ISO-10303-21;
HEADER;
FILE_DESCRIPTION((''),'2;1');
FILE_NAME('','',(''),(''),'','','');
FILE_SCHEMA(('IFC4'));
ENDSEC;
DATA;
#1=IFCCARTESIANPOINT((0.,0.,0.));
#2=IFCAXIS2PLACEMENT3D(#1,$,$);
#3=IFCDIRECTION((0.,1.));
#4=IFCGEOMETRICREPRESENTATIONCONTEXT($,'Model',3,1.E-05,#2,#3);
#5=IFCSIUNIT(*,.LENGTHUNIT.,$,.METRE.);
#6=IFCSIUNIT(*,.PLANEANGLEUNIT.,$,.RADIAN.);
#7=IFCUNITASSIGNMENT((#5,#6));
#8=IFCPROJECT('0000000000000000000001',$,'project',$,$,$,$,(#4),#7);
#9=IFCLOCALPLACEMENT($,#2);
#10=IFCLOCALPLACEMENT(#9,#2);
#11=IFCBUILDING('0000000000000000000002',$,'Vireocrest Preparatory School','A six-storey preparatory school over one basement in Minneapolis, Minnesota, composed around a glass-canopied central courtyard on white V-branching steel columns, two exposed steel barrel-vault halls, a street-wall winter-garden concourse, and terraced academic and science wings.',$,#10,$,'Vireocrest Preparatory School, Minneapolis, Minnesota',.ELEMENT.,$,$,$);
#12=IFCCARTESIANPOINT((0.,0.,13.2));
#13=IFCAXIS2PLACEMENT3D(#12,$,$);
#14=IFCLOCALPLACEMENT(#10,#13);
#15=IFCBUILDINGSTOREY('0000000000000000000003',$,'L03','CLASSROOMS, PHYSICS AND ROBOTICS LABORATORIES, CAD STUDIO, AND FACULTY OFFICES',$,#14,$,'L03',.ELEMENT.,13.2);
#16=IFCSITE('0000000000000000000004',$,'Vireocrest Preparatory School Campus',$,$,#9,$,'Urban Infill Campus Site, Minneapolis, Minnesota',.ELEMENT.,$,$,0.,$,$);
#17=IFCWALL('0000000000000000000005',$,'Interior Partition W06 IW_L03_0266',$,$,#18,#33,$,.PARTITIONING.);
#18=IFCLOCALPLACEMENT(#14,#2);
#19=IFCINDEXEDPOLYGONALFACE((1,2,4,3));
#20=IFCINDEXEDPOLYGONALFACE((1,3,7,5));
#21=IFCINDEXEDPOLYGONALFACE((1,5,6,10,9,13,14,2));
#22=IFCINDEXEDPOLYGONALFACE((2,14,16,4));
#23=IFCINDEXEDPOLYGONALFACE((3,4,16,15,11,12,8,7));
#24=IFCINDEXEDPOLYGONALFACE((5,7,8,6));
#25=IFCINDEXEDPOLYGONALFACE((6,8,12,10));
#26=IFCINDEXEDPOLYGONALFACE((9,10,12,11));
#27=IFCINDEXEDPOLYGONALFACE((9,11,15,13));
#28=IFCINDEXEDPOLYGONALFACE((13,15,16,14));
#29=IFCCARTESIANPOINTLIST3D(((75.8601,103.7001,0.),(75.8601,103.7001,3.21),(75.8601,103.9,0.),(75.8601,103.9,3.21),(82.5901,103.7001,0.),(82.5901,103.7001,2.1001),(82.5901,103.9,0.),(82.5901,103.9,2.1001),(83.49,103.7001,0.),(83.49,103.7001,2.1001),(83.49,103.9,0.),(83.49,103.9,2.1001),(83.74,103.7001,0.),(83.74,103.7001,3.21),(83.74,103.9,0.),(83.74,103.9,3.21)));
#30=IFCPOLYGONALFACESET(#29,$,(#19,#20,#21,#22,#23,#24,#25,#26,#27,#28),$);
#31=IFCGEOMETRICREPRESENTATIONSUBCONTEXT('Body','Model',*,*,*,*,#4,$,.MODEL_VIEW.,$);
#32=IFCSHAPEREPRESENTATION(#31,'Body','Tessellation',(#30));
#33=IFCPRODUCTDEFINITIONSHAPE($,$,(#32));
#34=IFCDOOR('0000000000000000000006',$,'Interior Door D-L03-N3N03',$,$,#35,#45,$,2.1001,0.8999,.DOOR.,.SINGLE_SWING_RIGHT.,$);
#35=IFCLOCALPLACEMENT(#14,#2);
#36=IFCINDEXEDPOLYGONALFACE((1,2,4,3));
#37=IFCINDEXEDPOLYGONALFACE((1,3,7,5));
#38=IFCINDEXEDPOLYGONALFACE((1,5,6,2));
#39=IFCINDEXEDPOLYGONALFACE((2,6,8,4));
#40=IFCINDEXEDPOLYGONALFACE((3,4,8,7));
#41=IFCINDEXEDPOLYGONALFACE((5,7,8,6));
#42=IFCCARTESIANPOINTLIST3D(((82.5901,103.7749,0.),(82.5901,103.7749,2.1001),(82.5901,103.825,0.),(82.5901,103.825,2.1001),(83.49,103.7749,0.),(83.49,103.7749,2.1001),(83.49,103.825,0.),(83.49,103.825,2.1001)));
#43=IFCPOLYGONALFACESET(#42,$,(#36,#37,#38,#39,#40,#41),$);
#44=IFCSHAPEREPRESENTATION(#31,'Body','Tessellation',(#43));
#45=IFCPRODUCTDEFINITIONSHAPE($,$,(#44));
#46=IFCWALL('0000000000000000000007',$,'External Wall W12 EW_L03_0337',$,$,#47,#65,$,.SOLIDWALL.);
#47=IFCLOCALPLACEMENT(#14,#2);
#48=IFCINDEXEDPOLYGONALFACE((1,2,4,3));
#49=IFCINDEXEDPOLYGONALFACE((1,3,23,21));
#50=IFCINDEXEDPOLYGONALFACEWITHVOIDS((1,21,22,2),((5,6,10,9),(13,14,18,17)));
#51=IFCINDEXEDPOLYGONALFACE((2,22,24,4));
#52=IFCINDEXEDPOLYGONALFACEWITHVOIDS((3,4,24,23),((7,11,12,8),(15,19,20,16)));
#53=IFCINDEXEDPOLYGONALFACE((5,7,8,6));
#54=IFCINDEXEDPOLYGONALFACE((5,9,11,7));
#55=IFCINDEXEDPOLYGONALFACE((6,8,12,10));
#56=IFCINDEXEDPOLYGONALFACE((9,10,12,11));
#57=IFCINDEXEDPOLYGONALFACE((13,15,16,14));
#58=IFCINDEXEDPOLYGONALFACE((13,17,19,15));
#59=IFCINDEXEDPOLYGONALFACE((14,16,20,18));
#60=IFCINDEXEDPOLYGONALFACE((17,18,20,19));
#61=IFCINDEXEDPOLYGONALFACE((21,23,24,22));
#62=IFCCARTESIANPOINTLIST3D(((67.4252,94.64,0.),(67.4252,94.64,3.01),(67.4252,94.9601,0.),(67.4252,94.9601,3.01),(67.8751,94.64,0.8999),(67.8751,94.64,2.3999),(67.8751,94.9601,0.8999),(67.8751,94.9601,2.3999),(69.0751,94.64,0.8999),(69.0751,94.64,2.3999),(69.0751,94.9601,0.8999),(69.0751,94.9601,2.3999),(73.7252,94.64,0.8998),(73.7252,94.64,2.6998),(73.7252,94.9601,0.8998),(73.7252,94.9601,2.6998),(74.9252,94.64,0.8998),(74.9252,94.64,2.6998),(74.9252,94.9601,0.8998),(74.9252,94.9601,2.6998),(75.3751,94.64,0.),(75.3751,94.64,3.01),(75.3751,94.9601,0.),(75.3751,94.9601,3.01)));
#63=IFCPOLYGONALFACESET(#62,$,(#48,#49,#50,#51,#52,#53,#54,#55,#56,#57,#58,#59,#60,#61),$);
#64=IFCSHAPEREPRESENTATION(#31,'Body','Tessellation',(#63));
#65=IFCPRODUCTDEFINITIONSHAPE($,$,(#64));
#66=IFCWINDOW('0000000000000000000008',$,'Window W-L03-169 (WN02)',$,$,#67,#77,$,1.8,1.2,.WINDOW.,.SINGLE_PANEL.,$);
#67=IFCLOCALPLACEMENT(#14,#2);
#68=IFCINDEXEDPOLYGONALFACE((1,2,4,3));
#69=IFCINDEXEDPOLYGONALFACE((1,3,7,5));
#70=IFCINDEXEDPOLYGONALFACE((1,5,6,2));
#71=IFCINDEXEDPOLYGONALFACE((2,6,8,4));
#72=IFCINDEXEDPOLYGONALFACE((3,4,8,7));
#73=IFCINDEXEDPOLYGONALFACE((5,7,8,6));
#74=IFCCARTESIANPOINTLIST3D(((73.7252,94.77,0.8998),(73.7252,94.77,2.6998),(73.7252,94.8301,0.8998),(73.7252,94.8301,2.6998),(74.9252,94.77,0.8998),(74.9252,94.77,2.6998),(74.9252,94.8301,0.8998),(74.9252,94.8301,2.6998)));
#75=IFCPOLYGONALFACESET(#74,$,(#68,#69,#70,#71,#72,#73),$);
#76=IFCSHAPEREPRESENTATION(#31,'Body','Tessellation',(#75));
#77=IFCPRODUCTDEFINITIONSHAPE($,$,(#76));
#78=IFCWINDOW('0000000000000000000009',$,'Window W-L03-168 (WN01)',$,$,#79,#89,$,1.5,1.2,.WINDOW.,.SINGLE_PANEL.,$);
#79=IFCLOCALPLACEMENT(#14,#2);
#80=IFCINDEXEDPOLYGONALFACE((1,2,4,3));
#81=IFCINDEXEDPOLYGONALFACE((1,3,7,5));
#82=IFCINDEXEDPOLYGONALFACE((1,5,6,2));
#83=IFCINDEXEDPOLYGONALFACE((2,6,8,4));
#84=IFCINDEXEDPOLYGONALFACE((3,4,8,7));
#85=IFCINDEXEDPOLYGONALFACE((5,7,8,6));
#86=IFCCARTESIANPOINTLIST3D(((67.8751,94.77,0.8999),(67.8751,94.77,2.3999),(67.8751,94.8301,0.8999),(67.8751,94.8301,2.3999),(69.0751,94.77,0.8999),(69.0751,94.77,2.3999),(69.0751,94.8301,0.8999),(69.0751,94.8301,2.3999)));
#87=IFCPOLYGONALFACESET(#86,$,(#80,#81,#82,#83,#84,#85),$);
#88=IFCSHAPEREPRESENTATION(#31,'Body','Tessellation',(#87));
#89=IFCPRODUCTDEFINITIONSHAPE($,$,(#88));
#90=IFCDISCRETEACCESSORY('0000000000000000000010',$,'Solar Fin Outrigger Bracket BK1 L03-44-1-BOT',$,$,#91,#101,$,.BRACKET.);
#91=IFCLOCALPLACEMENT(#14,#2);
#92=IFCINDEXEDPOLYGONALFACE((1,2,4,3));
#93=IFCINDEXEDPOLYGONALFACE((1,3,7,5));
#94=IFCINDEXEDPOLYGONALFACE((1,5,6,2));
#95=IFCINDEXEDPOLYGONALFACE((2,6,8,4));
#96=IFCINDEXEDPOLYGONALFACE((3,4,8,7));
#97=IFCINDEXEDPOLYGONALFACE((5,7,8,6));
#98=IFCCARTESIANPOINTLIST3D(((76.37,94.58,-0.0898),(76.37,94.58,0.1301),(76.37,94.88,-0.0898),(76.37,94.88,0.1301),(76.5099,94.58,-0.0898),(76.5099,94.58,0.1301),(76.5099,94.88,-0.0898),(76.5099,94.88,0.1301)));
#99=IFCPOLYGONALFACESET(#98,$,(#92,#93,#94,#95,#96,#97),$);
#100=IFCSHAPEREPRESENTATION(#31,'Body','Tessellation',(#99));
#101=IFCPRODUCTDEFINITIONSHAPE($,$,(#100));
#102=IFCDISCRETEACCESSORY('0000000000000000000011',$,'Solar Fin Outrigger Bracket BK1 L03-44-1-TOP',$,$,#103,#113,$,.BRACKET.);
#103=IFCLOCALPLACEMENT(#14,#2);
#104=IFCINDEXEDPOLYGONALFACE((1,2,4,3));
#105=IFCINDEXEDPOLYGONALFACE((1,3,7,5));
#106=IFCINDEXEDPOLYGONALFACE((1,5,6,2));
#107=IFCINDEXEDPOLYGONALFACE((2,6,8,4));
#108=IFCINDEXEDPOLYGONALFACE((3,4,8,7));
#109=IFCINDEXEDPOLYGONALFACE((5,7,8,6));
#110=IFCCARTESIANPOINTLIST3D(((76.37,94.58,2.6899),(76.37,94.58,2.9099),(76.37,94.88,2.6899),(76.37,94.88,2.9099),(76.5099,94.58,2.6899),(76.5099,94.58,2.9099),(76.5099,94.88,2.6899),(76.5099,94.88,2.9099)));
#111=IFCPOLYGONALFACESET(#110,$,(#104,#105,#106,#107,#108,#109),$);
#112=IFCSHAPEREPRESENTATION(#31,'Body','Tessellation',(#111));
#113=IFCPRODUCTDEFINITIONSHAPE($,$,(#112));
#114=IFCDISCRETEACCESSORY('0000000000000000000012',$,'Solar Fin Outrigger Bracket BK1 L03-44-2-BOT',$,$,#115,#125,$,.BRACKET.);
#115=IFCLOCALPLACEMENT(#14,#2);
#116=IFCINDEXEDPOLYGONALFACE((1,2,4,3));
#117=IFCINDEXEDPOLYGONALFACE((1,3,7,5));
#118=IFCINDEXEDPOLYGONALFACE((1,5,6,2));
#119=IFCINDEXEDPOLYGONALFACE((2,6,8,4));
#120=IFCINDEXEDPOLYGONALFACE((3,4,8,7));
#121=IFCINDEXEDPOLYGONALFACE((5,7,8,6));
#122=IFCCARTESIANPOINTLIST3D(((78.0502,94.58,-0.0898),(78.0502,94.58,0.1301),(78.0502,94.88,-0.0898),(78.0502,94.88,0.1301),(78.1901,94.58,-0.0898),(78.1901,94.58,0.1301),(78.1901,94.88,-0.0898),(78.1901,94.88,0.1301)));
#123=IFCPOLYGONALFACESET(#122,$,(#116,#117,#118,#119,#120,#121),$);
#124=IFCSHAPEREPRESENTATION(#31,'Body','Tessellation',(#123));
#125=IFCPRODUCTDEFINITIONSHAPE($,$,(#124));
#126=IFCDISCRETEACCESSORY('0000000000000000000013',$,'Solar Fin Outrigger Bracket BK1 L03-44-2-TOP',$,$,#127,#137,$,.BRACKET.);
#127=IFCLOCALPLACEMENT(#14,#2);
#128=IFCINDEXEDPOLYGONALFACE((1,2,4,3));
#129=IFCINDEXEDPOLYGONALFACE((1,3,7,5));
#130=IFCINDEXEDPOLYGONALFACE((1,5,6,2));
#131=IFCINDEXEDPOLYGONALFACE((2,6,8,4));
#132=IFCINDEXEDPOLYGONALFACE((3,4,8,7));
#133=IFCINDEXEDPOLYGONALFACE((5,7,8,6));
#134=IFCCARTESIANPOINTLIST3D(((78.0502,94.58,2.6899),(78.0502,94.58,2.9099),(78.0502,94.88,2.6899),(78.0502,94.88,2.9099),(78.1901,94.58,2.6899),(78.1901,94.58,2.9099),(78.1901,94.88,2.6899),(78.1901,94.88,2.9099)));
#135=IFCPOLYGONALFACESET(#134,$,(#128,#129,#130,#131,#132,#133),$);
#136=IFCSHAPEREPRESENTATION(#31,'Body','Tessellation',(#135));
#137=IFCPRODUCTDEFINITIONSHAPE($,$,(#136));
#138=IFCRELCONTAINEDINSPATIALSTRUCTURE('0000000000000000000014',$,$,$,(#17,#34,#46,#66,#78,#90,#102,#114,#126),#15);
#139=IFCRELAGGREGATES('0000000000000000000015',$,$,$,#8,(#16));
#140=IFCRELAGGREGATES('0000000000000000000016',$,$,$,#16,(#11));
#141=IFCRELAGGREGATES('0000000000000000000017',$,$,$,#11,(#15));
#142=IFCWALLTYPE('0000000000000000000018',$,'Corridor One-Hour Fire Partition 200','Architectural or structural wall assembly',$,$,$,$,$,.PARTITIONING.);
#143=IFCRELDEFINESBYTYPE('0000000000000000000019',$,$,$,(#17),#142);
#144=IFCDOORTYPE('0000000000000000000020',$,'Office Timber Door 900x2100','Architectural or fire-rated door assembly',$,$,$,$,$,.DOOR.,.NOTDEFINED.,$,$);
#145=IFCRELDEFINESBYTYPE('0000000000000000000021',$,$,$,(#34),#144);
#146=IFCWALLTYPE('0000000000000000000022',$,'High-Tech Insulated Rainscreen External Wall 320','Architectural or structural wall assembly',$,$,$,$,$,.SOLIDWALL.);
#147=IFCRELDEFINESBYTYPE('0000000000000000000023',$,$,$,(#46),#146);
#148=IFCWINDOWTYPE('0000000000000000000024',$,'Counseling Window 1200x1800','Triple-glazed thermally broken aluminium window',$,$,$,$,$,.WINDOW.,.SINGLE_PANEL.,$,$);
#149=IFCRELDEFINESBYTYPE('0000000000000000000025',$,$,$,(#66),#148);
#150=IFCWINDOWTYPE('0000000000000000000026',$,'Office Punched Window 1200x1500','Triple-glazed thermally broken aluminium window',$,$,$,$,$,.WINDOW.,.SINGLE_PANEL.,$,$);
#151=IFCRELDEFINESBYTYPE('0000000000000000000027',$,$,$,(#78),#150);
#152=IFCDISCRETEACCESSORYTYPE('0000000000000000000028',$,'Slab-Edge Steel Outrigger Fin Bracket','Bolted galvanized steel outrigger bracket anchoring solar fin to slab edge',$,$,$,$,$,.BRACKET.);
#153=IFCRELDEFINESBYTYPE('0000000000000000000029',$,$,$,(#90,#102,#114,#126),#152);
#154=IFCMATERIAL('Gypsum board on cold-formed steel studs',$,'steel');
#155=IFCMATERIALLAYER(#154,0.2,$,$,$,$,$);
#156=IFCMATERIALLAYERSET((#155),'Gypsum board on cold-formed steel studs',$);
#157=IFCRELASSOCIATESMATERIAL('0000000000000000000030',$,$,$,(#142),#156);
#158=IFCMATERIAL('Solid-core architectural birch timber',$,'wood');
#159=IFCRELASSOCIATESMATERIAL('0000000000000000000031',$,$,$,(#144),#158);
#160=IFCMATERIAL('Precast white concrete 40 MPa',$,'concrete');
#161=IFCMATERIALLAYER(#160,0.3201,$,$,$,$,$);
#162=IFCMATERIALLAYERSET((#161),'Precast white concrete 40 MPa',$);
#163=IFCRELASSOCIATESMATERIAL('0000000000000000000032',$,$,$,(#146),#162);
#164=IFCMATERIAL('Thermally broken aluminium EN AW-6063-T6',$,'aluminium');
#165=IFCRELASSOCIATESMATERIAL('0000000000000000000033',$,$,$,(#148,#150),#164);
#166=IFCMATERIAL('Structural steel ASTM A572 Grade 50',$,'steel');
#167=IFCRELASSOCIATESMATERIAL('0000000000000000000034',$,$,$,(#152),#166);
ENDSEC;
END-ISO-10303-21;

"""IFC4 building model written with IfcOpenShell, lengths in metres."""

from ifc_helpers import new_model, si_unit, direction, frame, frame_2d, origin, origin_2d, place, context, subcontext, project, spatial, rectangle, extrude, material, layer, layer_set, type_object, element, fill, save


model = new_model("IFC4")

# Units and contexts
model_context = context("Model", 3, precision=1e-05, world=origin(), true_north=direction((0.0, 1.0)))
body_context = subcontext(model_context, "Body", "Model", "MODEL_VIEW")
ifc_project = project(units=[si_unit("LENGTHUNIT", "METRE"), si_unit("PLANEANGLEUNIT", "RADIAN")], contexts=[model_context])

# Site, building, storey
site_placement = place(None, origin())
site = spatial("IfcSite", under=ifc_project, at=site_placement, Name="Vireocrest Preparatory School Campus", LongName="Urban Infill Campus Site, Minneapolis, Minnesota", CompositionType="ELEMENT", RefElevation=0.0)
building_placement = place(site_placement, origin())
building = spatial("IfcBuilding", under=site, at=building_placement, Name="Vireocrest Preparatory School", Description="A six-storey preparatory school over one basement in Minneapolis, Minnesota, composed around a glass-canopied central courtyard on white V-branching steel columns, two exposed steel barrel-vault halls, a street-wall winter-garden concourse, and terraced academic and science wings.", LongName="Vireocrest Preparatory School, Minneapolis, Minnesota", CompositionType="ELEMENT")
storey_placement = place(building_placement, frame((0.0, 0.0, 13.2)))
storey = spatial("IfcBuildingStorey", under=building, at=storey_placement, Name="L03", Description="CLASSROOMS, PHYSICS AND ROBOTICS LABORATORIES, CAD STUDIO, AND FACULTY OFFICES", LongName="L03", CompositionType="ELEMENT", Elevation=13.2)

# Shared definitions
ifc_material_1 = material(Name="Thermally broken aluminium EN AW-6063-T6", Category="aluminium")

# Wall, opening, door
ifc_material_2 = material(Name="Gypsum board on cold-formed steel studs", Category="steel")
ifc_layer_1 = layer(ifc_material_2, 0.2)
ifc_layer_set_1 = layer_set([ifc_layer_1], Name="Gypsum board on cold-formed steel studs")
wall_type_1 = type_object("IfcWallType", Name="Corridor One-Hour Fire Partition 200", Description="Architectural or structural wall assembly", PredefinedType="PARTITIONING", material=ifc_layer_set_1)
ifc_material_3 = material(Name="Solid-core architectural birch timber", Category="wood")
door_type = type_object("IfcDoorType", Name="Office Timber Door 900x2100", Description="Architectural or fire-rated door assembly", OperationType="NOTDEFINED", PredefinedType="DOOR", material=ifc_material_3)
wall_1_placement = place(storey_placement, frame((75.8601, 103.8, 0.0), z_axis=(0.0, 0.0, 1.0), x_axis=(1.0, 0.0, 0.0)))
wall_1 = element("IfcWall", 1, at=wall_1_placement, inside=storey, type_object=wall_type_1, Name="Interior Partition W06 IW_L03_0266", PredefinedType="PARTITIONING", context=body_context, shape_type="SweptSolid", body=[
    extrude(rectangle(XDim=7.8799, YDim=0.2, at=frame_2d((3.9399, 0.0))), origin(), (0.0, 0.0, 1.0), 3.21),
])
opening_1_placement = place(wall_1_placement, frame((6.73, 0.0, 0.0)))
opening_1 = element("IfcOpeningElement", 2, at=opening_1_placement, cuts=wall_1, PredefinedType="OPENING", context=body_context, shape_type="SweptSolid", body=[
    extrude(rectangle(XDim=0.8999, YDim=2.1001, at=frame_2d((0.45, 1.05))), frame((0.0, 0.1099, 0.0), z_axis=(0.0, -1.0, 0.0), x_axis=(1.0, 0.0, 0.0)), (0.0, 0.0, 1.0), 0.22),
])
door_1_placement = place(opening_1_placement, origin())
door_1 = element("IfcDoor", 3, at=door_1_placement, inside=storey, type_object=door_type, Name="Interior Door D-L03-N3N03", OperationType="SINGLE_SWING_RIGHT", OverallHeight=2.1001, OverallWidth=0.8999, PredefinedType="DOOR", context=body_context, shape_type="SweptSolid", body=[
    extrude(rectangle(XDim=0.8999, YDim=2.1001, at=frame_2d((0.45, 1.05))), frame((0.0, 0.0249, 0.0), z_axis=(0.0, -1.0, 0.0), x_axis=(1.0, 0.0, 0.0)), (0.0, 0.0, 1.0), 0.05),
])
fill(opening_1, door_1)

# Wall, openings, windows
ifc_material_4 = material(Name="Precast white concrete 40 MPa", Category="concrete")
ifc_layer_2 = layer(ifc_material_4, 0.3201)
ifc_layer_set_2 = layer_set([ifc_layer_2], Name="Precast white concrete 40 MPa")
wall_type_2 = type_object("IfcWallType", Name="High-Tech Insulated Rainscreen External Wall 320", Description="Architectural or structural wall assembly", PredefinedType="SOLIDWALL", material=ifc_layer_set_2)
wall_2_placement = place(storey_placement, frame((67.425, 94.8, 0.0), z_axis=(0.0, 0.0, 1.0), x_axis=(1.0, 0.0, 0.0)))
wall_2 = element("IfcWall", 4, at=wall_2_placement, inside=storey, type_object=wall_type_2, Name="External Wall W12 EW_L03_0337", PredefinedType="SOLIDWALL", context=body_context, shape_type="SweptSolid", body=[
    extrude(rectangle(XDim=7.95, YDim=0.3201, at=frame_2d((3.9751, 0.0))), origin(), (0.0, 0.0, 1.0), 3.01),
])
opening_2_placement = place(wall_2_placement, frame((0.45, 0.0, 0.8999)))
opening_2 = element("IfcOpeningElement", 5, at=opening_2_placement, cuts=wall_2, PredefinedType="OPENING", context=body_context, shape_type="SweptSolid", body=[
    extrude(rectangle(XDim=1.2, YDim=1.5, at=frame_2d((0.6001, 0.75))), frame((0.0, 0.1699, 0.0), z_axis=(0.0, -1.0, 0.0), x_axis=(1.0, 0.0, 0.0)), (0.0, 0.0, 1.0), 0.3401),
])
opening_3_placement = place(wall_2_placement, frame((6.3, 0.0, 0.8999)))
opening_3 = element("IfcOpeningElement", 6, at=opening_3_placement, cuts=wall_2, PredefinedType="OPENING", context=body_context, shape_type="SweptSolid", body=[
    extrude(rectangle(XDim=1.2, YDim=1.8, at=frame_2d((0.6001, 0.8999))), frame((0.0, 0.1699, 0.0), z_axis=(0.0, -1.0, 0.0), x_axis=(1.0, 0.0, 0.0)), (0.0, 0.0, 1.0), 0.3401),
])
window_type_1 = type_object("IfcWindowType", Name="Counseling Window 1200x1800", Description="Triple-glazed thermally broken aluminium window", PartitioningType="SINGLE_PANEL", PredefinedType="WINDOW", material=ifc_material_1)
window_1_placement = place(opening_3_placement, origin())
window_1 = element("IfcWindow", 7, at=window_1_placement, inside=storey, type_object=window_type_1, Name="Window W-L03-169 (WN02)", OverallHeight=1.8, OverallWidth=1.2, PartitioningType="SINGLE_PANEL", PredefinedType="WINDOW", context=body_context, shape_type="SweptSolid", body=[
    extrude(rectangle(XDim=1.2, YDim=1.8, at=frame_2d((0.6001, 0.8999))), frame((0.0, 0.03, 0.0), z_axis=(0.0, -1.0, 0.0), x_axis=(1.0, 0.0, 0.0)), (0.0, 0.0, 1.0), 0.0601),
])
fill(opening_3, window_1)
window_type_2 = type_object("IfcWindowType", Name="Office Punched Window 1200x1500", Description="Triple-glazed thermally broken aluminium window", PartitioningType="SINGLE_PANEL", PredefinedType="WINDOW", material=ifc_material_1)
window_2_placement = place(opening_2_placement, origin())
window_2 = element("IfcWindow", 8, at=window_2_placement, inside=storey, type_object=window_type_2, Name="Window W-L03-168 (WN01)", OverallHeight=1.5, OverallWidth=1.2, PartitioningType="SINGLE_PANEL", PredefinedType="WINDOW", context=body_context, shape_type="SweptSolid", body=[
    extrude(rectangle(XDim=1.2, YDim=1.5, at=frame_2d((0.6001, 0.75))), frame((0.0, 0.03, 0.0), z_axis=(0.0, -1.0, 0.0), x_axis=(1.0, 0.0, 0.0)), (0.0, 0.0, 1.0), 0.0601),
])
fill(opening_2, window_2)

# Discrete accessories
ifc_material_5 = material(Name="Structural steel ASTM A572 Grade 50", Category="steel")
discrete_accessory_type = type_object("IfcDiscreteAccessoryType", Name="Slab-Edge Steel Outrigger Fin Bracket", Description="Bolted galvanized steel outrigger bracket anchoring solar fin to slab edge", PredefinedType="BRACKET", material=ifc_material_5)
for number, where, z_axis, x_axis, name in (
    (9, (76.4399, 94.73, -0.0898), (0.0, 0.0, 1.0), (-1.0, 0.0, 0.0), "Solar Fin Outrigger Bracket BK1 L03-44-1-BOT"),
    (10, (76.4399, 94.73, 2.6899), (0.0, 0.0, 1.0), (-1.0, 0.0, 0.0), "Solar Fin Outrigger Bracket BK1 L03-44-1-TOP"),
    (11, (78.1201, 94.73, -0.0898), (0.0, 0.0, 1.0), (-1.0, 0.0, 0.0), "Solar Fin Outrigger Bracket BK1 L03-44-2-BOT"),
    (12, (78.1201, 94.73, 2.6899), (0.0, 0.0, 1.0), (-1.0, 0.0, 0.0), "Solar Fin Outrigger Bracket BK1 L03-44-2-TOP"),
):
    element("IfcDiscreteAccessory", number, at=place(storey_placement, frame(where, z_axis=z_axis, x_axis=x_axis)), inside=storey, type_object=discrete_accessory_type, Name=name, PredefinedType="BRACKET", context=body_context, shape_type="SweptSolid", body=[
        extrude(rectangle(XDim=0.1399, YDim=0.3, at=origin_2d()), origin(), (0.0, 0.0, 1.0), 0.22),
    ])

save(model, "model.ifc")
